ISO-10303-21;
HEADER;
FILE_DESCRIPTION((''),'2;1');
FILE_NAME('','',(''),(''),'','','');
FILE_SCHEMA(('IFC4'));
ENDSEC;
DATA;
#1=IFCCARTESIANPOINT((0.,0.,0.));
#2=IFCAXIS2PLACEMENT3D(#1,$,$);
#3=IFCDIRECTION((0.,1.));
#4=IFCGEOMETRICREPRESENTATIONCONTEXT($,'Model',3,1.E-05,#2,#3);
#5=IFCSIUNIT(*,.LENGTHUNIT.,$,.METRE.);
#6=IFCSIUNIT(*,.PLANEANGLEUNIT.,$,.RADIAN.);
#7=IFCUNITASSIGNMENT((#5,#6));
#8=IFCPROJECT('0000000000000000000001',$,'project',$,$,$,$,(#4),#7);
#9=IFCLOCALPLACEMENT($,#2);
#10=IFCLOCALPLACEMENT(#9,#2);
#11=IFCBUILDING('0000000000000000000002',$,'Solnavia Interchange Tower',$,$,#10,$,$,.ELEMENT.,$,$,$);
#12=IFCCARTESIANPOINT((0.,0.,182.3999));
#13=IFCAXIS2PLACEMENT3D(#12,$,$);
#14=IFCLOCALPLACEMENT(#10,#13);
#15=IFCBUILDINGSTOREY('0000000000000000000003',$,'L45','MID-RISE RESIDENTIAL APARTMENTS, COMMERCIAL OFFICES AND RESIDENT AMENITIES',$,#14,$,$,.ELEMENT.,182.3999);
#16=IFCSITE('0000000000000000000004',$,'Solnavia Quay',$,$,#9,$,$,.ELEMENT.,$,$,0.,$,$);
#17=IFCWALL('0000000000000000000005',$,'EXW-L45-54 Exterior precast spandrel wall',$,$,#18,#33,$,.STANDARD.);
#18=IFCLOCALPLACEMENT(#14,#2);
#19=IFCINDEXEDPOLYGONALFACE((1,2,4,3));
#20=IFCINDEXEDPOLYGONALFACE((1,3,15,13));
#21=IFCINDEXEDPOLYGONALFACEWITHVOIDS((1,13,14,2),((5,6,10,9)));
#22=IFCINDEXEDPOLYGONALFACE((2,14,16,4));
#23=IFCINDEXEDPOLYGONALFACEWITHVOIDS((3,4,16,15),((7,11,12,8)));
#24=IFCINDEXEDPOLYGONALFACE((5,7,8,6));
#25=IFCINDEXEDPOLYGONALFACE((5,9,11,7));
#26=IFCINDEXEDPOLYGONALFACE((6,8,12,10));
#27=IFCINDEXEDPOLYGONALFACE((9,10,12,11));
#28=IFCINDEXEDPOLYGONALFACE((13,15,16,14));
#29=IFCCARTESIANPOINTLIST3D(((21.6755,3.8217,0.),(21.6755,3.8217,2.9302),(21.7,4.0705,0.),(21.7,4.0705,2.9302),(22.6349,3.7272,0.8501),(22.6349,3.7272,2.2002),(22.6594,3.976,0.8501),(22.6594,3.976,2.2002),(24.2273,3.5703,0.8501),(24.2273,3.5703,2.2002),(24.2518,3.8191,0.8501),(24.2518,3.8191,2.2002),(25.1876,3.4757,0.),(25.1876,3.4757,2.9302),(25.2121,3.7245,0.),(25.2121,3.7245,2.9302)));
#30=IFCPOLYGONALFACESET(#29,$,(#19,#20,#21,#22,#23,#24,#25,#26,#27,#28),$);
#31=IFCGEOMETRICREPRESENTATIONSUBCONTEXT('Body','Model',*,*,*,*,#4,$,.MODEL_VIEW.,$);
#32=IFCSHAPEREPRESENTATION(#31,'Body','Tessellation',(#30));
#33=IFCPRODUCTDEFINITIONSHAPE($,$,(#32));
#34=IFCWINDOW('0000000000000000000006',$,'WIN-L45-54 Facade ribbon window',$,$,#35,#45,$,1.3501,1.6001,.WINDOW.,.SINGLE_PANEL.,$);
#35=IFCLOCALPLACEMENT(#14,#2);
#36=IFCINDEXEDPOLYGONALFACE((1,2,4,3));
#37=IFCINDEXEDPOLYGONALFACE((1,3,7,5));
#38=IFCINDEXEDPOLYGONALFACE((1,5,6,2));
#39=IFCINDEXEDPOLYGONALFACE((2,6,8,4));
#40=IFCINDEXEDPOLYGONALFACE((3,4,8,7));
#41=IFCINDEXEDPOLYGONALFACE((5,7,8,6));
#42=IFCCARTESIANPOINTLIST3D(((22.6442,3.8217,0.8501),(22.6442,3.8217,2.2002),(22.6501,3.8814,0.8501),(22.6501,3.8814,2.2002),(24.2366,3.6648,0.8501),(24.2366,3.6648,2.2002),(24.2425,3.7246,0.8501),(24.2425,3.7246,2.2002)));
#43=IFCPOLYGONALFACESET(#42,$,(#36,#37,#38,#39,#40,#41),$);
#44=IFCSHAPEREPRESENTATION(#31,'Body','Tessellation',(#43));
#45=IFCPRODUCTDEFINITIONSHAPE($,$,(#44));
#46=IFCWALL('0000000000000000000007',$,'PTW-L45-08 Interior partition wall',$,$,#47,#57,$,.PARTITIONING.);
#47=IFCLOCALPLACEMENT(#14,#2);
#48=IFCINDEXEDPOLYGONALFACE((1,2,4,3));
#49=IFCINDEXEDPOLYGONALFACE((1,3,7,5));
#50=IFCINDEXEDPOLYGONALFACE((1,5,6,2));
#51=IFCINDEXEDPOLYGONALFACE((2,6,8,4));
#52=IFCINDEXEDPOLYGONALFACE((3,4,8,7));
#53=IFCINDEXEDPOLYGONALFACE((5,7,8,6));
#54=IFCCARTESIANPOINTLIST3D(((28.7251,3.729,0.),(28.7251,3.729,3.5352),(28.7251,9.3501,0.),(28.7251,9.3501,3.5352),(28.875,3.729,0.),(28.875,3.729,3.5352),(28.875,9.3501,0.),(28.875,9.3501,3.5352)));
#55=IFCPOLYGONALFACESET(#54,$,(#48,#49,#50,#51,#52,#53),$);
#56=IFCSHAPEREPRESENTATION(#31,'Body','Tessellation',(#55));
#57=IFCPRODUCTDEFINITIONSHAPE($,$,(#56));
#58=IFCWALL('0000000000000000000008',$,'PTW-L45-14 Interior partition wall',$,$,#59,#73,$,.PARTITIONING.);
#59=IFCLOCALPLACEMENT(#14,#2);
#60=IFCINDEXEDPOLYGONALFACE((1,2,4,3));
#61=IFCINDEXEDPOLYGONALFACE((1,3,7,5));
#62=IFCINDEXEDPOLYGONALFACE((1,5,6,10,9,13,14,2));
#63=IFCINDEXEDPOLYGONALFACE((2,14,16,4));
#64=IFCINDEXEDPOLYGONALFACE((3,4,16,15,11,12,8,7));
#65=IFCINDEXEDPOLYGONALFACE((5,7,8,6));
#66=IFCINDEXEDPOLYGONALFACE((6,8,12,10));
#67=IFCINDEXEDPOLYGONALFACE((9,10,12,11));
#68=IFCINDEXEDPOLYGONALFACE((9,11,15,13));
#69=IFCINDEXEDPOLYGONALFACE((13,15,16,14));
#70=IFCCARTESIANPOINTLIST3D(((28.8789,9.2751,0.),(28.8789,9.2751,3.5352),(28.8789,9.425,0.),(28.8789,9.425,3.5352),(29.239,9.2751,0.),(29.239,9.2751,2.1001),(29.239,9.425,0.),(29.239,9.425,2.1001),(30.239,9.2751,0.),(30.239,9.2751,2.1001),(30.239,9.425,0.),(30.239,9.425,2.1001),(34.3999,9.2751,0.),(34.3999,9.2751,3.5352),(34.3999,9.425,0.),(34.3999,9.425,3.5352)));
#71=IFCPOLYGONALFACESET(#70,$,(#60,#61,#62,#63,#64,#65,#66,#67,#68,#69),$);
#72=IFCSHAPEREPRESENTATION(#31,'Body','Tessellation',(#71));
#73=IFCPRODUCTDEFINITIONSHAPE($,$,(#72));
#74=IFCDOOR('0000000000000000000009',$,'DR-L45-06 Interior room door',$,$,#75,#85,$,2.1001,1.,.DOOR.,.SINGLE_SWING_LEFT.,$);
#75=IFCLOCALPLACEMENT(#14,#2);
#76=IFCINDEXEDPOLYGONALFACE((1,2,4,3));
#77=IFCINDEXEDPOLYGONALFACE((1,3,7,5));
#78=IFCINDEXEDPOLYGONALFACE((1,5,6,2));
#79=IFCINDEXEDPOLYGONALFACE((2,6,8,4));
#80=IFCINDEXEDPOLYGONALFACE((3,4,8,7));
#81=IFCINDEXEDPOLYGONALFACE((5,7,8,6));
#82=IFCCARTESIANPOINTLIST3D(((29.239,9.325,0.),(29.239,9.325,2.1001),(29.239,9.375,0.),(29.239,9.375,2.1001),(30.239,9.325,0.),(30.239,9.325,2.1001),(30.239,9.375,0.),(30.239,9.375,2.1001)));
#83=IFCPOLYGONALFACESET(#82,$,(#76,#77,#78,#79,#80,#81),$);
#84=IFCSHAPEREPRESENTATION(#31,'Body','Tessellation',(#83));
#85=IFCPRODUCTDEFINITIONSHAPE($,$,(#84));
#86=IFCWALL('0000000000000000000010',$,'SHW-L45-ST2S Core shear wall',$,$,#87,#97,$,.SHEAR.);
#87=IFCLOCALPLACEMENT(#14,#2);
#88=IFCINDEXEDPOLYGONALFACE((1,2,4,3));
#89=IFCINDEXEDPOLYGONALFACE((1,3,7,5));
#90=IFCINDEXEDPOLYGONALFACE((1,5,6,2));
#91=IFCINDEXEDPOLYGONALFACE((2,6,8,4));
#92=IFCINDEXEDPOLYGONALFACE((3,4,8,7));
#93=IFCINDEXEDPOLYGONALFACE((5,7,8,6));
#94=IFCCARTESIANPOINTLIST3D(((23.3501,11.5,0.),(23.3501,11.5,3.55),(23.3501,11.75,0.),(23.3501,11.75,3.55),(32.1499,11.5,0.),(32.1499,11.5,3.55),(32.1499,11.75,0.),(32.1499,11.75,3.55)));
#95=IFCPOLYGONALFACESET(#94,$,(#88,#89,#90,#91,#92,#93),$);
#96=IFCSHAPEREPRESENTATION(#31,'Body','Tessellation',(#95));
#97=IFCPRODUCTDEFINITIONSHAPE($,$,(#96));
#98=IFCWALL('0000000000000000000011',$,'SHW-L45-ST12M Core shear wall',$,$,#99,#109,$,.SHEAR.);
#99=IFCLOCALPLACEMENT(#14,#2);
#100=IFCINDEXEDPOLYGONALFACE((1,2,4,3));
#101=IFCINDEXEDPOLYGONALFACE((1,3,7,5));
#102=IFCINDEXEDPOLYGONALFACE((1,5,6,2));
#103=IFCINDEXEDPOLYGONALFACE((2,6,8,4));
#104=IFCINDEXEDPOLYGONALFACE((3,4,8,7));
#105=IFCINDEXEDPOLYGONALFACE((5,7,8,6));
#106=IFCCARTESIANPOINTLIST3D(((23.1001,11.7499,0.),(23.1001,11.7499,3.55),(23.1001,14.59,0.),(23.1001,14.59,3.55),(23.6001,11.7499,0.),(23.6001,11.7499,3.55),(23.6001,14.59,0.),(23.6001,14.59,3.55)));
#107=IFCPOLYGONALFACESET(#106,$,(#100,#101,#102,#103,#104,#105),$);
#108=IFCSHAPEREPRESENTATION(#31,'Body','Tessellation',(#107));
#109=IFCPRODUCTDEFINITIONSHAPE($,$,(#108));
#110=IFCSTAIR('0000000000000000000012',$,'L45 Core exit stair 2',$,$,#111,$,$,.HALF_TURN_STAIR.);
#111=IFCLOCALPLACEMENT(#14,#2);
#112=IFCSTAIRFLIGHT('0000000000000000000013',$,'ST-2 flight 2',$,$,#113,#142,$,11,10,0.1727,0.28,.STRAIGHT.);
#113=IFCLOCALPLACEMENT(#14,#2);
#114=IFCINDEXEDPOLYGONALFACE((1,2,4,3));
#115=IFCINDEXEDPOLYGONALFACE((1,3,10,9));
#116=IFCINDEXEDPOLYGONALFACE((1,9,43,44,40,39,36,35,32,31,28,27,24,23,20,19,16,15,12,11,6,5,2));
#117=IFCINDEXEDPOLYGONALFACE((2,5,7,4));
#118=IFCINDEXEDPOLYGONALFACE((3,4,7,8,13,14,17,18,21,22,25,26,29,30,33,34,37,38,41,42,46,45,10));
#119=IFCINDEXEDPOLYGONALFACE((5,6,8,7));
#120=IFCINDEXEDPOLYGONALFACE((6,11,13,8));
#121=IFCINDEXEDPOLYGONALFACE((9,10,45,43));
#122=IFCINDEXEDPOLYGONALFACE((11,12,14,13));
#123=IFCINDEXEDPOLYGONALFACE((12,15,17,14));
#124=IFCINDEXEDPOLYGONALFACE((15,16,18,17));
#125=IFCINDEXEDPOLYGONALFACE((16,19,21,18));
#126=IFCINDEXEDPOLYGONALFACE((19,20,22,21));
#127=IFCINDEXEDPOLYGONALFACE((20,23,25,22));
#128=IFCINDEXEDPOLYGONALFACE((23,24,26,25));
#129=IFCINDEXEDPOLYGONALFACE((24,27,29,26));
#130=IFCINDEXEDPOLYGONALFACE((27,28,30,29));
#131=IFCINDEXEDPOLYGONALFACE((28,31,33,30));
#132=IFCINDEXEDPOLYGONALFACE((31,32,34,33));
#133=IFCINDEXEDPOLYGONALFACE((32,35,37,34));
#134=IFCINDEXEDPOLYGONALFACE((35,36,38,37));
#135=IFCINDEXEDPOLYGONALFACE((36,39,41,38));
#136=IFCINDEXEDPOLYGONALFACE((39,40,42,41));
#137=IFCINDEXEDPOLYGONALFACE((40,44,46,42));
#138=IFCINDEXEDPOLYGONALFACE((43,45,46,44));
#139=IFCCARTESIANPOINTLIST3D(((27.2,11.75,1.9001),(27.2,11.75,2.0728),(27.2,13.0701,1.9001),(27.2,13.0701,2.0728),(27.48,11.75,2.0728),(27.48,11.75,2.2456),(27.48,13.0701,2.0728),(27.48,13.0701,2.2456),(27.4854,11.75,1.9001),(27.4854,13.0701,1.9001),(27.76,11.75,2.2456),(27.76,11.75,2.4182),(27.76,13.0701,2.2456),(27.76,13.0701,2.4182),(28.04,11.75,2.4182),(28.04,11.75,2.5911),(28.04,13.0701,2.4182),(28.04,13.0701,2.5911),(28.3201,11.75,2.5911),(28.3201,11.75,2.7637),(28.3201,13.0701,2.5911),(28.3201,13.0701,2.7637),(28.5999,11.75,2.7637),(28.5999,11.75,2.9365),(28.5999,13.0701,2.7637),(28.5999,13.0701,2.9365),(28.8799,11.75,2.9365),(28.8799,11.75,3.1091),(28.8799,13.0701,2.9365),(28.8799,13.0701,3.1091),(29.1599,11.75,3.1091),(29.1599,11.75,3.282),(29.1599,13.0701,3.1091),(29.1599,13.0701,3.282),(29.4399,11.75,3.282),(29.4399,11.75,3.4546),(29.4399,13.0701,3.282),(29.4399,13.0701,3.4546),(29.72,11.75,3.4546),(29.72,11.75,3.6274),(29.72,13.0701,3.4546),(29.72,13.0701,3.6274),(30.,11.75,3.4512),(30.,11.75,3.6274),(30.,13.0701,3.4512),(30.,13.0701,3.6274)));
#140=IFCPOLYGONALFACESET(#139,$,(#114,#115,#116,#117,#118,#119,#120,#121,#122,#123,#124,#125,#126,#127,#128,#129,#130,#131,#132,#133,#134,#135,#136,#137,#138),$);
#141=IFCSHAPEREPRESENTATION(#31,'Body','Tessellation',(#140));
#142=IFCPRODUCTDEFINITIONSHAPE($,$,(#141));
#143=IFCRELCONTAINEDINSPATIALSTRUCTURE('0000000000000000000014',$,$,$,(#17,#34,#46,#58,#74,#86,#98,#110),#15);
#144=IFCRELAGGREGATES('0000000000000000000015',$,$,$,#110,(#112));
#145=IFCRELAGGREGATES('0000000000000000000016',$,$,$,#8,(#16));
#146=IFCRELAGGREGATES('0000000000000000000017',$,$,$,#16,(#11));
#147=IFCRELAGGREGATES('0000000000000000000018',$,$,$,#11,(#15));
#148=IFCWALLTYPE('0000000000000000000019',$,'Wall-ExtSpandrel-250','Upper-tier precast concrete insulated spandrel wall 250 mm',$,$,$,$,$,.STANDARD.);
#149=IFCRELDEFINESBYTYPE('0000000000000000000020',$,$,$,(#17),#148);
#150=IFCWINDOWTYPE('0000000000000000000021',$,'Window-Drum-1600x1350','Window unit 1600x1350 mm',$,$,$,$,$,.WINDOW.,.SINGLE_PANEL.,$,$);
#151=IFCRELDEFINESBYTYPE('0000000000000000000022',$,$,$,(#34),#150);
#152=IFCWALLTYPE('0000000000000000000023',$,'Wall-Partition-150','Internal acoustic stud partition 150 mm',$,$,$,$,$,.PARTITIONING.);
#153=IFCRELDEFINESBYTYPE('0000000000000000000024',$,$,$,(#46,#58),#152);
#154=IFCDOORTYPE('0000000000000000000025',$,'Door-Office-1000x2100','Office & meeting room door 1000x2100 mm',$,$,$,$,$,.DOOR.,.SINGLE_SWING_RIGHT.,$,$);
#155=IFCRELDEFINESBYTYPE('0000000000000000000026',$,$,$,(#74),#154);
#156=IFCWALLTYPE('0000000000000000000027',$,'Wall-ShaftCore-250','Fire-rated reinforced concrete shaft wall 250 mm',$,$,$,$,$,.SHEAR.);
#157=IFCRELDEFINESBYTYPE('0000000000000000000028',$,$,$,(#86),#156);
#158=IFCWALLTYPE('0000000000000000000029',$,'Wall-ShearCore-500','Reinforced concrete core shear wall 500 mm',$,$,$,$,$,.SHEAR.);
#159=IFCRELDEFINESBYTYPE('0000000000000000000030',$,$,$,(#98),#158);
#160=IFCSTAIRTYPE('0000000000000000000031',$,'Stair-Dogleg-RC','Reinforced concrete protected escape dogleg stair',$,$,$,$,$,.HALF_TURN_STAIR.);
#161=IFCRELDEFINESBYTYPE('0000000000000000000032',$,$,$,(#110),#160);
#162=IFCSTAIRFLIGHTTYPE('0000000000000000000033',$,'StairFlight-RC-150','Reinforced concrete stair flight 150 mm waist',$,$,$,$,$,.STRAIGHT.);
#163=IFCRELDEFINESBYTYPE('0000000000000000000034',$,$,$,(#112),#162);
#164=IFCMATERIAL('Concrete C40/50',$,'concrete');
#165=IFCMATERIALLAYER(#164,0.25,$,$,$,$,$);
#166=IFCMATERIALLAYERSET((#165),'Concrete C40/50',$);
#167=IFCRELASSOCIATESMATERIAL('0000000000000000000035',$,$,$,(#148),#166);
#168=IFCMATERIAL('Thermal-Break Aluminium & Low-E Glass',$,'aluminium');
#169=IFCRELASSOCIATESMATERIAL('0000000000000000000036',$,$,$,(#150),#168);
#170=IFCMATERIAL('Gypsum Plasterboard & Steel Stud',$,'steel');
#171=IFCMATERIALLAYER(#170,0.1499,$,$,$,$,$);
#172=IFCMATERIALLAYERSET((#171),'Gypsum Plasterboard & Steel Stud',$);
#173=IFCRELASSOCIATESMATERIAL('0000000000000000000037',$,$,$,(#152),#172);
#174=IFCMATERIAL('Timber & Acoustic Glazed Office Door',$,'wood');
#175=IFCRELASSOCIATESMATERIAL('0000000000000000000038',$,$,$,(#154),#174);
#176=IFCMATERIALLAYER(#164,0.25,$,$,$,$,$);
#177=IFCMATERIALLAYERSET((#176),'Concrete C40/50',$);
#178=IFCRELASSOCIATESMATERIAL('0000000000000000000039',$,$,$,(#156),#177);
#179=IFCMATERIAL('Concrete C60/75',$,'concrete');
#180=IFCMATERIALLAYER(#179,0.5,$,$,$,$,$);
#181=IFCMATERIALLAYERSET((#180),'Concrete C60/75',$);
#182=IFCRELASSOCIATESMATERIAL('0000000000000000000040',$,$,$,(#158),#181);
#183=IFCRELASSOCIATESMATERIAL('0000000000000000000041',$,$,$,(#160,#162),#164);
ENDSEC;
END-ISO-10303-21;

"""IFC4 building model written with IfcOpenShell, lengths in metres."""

from ifc_helpers import new_model, si_unit, direction, frame, frame_2d, origin, place, context, subcontext, project, spatial, polyline, rectangle, outline, extrude, material, layer, layer_set, type_object, element, fill, aggregate, save


model = new_model("IFC4")

# Units and contexts
model_context = context("Model", 3, precision=1e-05, world=origin(), true_north=direction((0.0, 1.0)))
body_context = subcontext(model_context, "Body", "Model", "MODEL_VIEW")
ifc_project = project(units=[si_unit("LENGTHUNIT", "METRE"), si_unit("PLANEANGLEUNIT", "RADIAN")], contexts=[model_context])

# Site, building, storey
site_placement = place(None, origin())
site = spatial("IfcSite", under=ifc_project, at=site_placement, Name="Solnavia Quay", CompositionType="ELEMENT", RefElevation=0.0)
building_placement = place(site_placement, origin())
building = spatial("IfcBuilding", under=site, at=building_placement, Name="Solnavia Interchange Tower", CompositionType="ELEMENT")
storey_placement = place(building_placement, frame((0.0, 0.0, 182.3999)))
storey = spatial("IfcBuildingStorey", under=building, at=storey_placement, Name="L45", Description="MID-RISE RESIDENTIAL APARTMENTS, COMMERCIAL OFFICES AND RESIDENT AMENITIES", CompositionType="ELEMENT", Elevation=182.3999)

# Wall, opening, window
ifc_material_1 = material(Name="Concrete C40/50", Category="concrete")
ifc_layer_1 = layer(ifc_material_1, 0.25)
ifc_layer_set_1 = layer_set([ifc_layer_1], Name="Concrete C40/50")
wall_type_1 = type_object("IfcWallType", Name="Wall-ExtSpandrel-250", Description="Upper-tier precast concrete insulated spandrel wall 250 mm", PredefinedType="STANDARD", material=ifc_layer_set_1)
ifc_material_2 = material(Name="Thermal-Break Aluminium & Low-E Glass", Category="aluminium")
wall_1_placement = place(storey_placement, frame((25.2, 3.6001, 0.0), z_axis=(0.0, 0.0, 1.0), x_axis=(-0.995183, 0.098031, 0.0)))
wall_1 = element("IfcWall", 1, at=wall_1_placement, inside=storey, type_object=wall_type_1, Name="EXW-L45-54 Exterior precast spandrel wall", PredefinedType="STANDARD", context=body_context, shape_type="SweptSolid", body=[
    extrude(rectangle(XDim=3.5291, YDim=0.25, at=frame_2d((1.7646, 0.0))), origin(), (0.0, 0.0, 1.0), 2.9302),
])
opening_1_placement = place(wall_1_placement, frame((0.9651, 0.0, 0.8501)))
opening_1 = element("IfcOpeningElement", 2, at=opening_1_placement, cuts=wall_1, PredefinedType="OPENING", context=body_context, shape_type="SweptSolid", body=[
    extrude(rectangle(XDim=1.6001, YDim=1.3501, at=frame_2d((0.8, 0.675))), frame((0.0, 0.135, 0.0), z_axis=(0.0, -1.0, 0.0), x_axis=(1.0, 0.0, 0.0)), (0.0, 0.0, 1.0), 0.27),
])
window_type_1 = type_object("IfcWindowType", Name="Window-Drum-1600x1350", Description="Window unit 1600x1350 mm", PartitioningType="SINGLE_PANEL", PredefinedType="WINDOW", material=ifc_material_2)
window_1_placement = place(opening_1_placement, origin())
window_1 = element("IfcWindow", 3, at=window_1_placement, inside=storey, type_object=window_type_1, Name="WIN-L45-54 Facade ribbon window", OverallHeight=1.3501, OverallWidth=1.6001, PartitioningType="SINGLE_PANEL", PredefinedType="WINDOW", context=body_context, shape_type="SweptSolid", body=[
    extrude(rectangle(XDim=1.6001, YDim=1.3501, at=frame_2d((0.8, 0.675))), frame((0.0, 0.03, 0.0), z_axis=(0.0, -1.0, 0.0), x_axis=(1.0, 0.0, 0.0)), (0.0, 0.0, 1.0), 0.0601),
])
fill(opening_1, window_1)

# Wall
ifc_material_3 = material(Name="Gypsum Plasterboard & Steel Stud", Category="steel")
ifc_layer_2 = layer(ifc_material_3, 0.1499)
ifc_layer_set_2 = layer_set([ifc_layer_2], Name="Gypsum Plasterboard & Steel Stud")
wall_type_2 = type_object("IfcWallType", Name="Wall-Partition-150", Description="Internal acoustic stud partition 150 mm", PredefinedType="PARTITIONING", material=ifc_layer_set_2)
wall_2_placement = place(storey_placement, frame((28.8, 9.3501, 0.0), z_axis=(0.0, 0.0, 1.0), x_axis=(0.0, -1.0, 0.0)))
element("IfcWall", 4, at=wall_2_placement, inside=storey, type_object=wall_type_2, Name="PTW-L45-08 Interior partition wall", PredefinedType="PARTITIONING", context=body_context, shape_type="SweptSolid", body=[
    extrude(rectangle(XDim=5.6211, YDim=0.1499, at=frame_2d((2.8105, 0.0))), origin(), (0.0, 0.0, 1.0), 3.5352),
])

# Wall, opening, door
wall_3_placement = place(storey_placement, frame((28.8789, 9.3501, 0.0), z_axis=(0.0, 0.0, 1.0), x_axis=(1.0, 0.0, 0.0)))
wall_3 = element("IfcWall", 5, at=wall_3_placement, inside=storey, type_object=wall_type_2, Name="PTW-L45-14 Interior partition wall", PredefinedType="PARTITIONING", context=body_context, shape_type="SweptSolid", body=[
    extrude(rectangle(XDim=5.521, YDim=0.1499, at=frame_2d((2.7605, 0.0))), origin(), (0.0, 0.0, 1.0), 3.5352),
])
opening_2_placement = place(wall_3_placement, frame((0.3601, 0.0, 0.0)))
opening_2 = element("IfcOpeningElement", 6, at=opening_2_placement, cuts=wall_3, PredefinedType="OPENING", context=body_context, shape_type="SweptSolid", body=[
    extrude(rectangle(XDim=1.0, YDim=2.1001, at=frame_2d((0.5, 1.05))), frame((0.0, 0.085, 0.0), z_axis=(0.0, -1.0, 0.0), x_axis=(1.0, 0.0, 0.0)), (0.0, 0.0, 1.0), 0.1699),
])
ifc_material_4 = material(Name="Timber & Acoustic Glazed Office Door", Category="wood")
door_type = type_object("IfcDoorType", Name="Door-Office-1000x2100", Description="Office & meeting room door 1000x2100 mm", OperationType="SINGLE_SWING_RIGHT", PredefinedType="DOOR", material=ifc_material_4)
door_placement = place(opening_2_placement, origin())
door = element("IfcDoor", 7, at=door_placement, inside=storey, type_object=door_type, Name="DR-L45-06 Interior room door", OperationType="SINGLE_SWING_LEFT", OverallHeight=2.1001, OverallWidth=1.0, PredefinedType="DOOR", context=body_context, shape_type="SweptSolid", body=[
    extrude(rectangle(XDim=1.0, YDim=2.1001, at=frame_2d((0.5, 1.05))), frame((0.0, 0.0249, 0.0), z_axis=(0.0, -1.0, 0.0), x_axis=(1.0, 0.0, 0.0)), (0.0, 0.0, 1.0), 0.05),
])
fill(opening_2, door)

# Walls
ifc_layer_3 = layer(ifc_material_1, 0.25)
ifc_layer_set_3 = layer_set([ifc_layer_3], Name="Concrete C40/50")
wall_type_3 = type_object("IfcWallType", Name="Wall-ShaftCore-250", Description="Fire-rated reinforced concrete shaft wall 250 mm", PredefinedType="SHEAR", material=ifc_layer_set_3)
wall_4_placement = place(storey_placement, frame((23.3501, 11.625, 0.0), z_axis=(0.0, 0.0, 1.0), x_axis=(1.0, 0.0, 0.0)))
element("IfcWall", 8, at=wall_4_placement, inside=storey, type_object=wall_type_3, Name="SHW-L45-ST2S Core shear wall", PredefinedType="SHEAR", context=body_context, shape_type="SweptSolid", body=[
    extrude(rectangle(XDim=8.7998, YDim=0.25, at=frame_2d((4.3999, 0.0))), origin(), (0.0, 0.0, 1.0), 3.55),
])
ifc_material_5 = material(Name="Concrete C60/75", Category="concrete")
ifc_layer_4 = layer(ifc_material_5, 0.5)
ifc_layer_set_4 = layer_set([ifc_layer_4], Name="Concrete C60/75")
wall_type_4 = type_object("IfcWallType", Name="Wall-ShearCore-500", Description="Reinforced concrete core shear wall 500 mm", PredefinedType="SHEAR", material=ifc_layer_set_4)
wall_5_placement = place(storey_placement, frame((23.3501, 11.75, 0.0), z_axis=(0.0, 0.0, 1.0), x_axis=(0.0, 1.0, 0.0)))
element("IfcWall", 9, at=wall_5_placement, inside=storey, type_object=wall_type_4, Name="SHW-L45-ST12M Core shear wall", PredefinedType="SHEAR", context=body_context, shape_type="SweptSolid", body=[
    extrude(rectangle(XDim=2.8401, YDim=0.5, at=frame_2d((1.4199, 0.0))), origin(), (0.0, 0.0, 1.0), 3.55),
])

# Stair, stair flight
stair_type = type_object("IfcStairType", Name="Stair-Dogleg-RC", Description="Reinforced concrete protected escape dogleg stair", PredefinedType="HALF_TURN_STAIR", material=ifc_material_1)
stair_placement = place(storey_placement, origin())
stair = element("IfcStair", 10, at=stair_placement, inside=storey, type_object=stair_type, Name="L45 Core exit stair 2", PredefinedType="HALF_TURN_STAIR")
stair_flight_type = type_object("IfcStairFlightType", Name="StairFlight-RC-150", Description="Reinforced concrete stair flight 150 mm waist", PredefinedType="STRAIGHT", material=ifc_material_1)
stair_flight_placement = place(storey_placement, frame((27.2, 12.4099, 1.9001), z_axis=(0.0, 0.0, 1.0), x_axis=(1.0, 0.0, 0.0)))
stair_flight = element("IfcStairFlight", 11, at=stair_flight_placement, type_object=stair_flight_type, Name="ST-2 flight 2", NumberOfRisers=11, NumberOfTreads=10, PredefinedType="STRAIGHT", RiserHeight=0.1727, TreadLength=0.28, context=body_context, shape_type="SweptSolid", body=[
    extrude(outline(polyline([(0.0, 0.0), (0.0, 0.1726), (0.28, 0.1726), (0.28, 0.3455), (0.5601, 0.3455), (0.5601, 0.5181), (0.8401, 0.5181), (0.8401, 0.6909), (1.1201, 0.6909), (1.1201, 0.8635), (1.3999, 0.8635), (1.3999, 1.0364), (1.6799, 1.0364), (1.6799, 1.209), (1.96, 1.209), (1.96, 1.3818), (2.24, 1.3818), (2.24, 1.5544), (2.52, 1.5544), (2.52, 1.7273), (2.8, 1.7273), (2.8, 1.8999), (2.8, 1.551), (0.2854, 0.0), (0.0, 0.0)])), frame((0.0, 0.6602, 0.0), z_axis=(0.0, -1.0, 0.0), x_axis=(1.0, 0.0, 0.0)), (0.0, 0.0, 1.0), 1.3201),
])
aggregate(stair, [stair_flight])

save(model, "model.ifc")
